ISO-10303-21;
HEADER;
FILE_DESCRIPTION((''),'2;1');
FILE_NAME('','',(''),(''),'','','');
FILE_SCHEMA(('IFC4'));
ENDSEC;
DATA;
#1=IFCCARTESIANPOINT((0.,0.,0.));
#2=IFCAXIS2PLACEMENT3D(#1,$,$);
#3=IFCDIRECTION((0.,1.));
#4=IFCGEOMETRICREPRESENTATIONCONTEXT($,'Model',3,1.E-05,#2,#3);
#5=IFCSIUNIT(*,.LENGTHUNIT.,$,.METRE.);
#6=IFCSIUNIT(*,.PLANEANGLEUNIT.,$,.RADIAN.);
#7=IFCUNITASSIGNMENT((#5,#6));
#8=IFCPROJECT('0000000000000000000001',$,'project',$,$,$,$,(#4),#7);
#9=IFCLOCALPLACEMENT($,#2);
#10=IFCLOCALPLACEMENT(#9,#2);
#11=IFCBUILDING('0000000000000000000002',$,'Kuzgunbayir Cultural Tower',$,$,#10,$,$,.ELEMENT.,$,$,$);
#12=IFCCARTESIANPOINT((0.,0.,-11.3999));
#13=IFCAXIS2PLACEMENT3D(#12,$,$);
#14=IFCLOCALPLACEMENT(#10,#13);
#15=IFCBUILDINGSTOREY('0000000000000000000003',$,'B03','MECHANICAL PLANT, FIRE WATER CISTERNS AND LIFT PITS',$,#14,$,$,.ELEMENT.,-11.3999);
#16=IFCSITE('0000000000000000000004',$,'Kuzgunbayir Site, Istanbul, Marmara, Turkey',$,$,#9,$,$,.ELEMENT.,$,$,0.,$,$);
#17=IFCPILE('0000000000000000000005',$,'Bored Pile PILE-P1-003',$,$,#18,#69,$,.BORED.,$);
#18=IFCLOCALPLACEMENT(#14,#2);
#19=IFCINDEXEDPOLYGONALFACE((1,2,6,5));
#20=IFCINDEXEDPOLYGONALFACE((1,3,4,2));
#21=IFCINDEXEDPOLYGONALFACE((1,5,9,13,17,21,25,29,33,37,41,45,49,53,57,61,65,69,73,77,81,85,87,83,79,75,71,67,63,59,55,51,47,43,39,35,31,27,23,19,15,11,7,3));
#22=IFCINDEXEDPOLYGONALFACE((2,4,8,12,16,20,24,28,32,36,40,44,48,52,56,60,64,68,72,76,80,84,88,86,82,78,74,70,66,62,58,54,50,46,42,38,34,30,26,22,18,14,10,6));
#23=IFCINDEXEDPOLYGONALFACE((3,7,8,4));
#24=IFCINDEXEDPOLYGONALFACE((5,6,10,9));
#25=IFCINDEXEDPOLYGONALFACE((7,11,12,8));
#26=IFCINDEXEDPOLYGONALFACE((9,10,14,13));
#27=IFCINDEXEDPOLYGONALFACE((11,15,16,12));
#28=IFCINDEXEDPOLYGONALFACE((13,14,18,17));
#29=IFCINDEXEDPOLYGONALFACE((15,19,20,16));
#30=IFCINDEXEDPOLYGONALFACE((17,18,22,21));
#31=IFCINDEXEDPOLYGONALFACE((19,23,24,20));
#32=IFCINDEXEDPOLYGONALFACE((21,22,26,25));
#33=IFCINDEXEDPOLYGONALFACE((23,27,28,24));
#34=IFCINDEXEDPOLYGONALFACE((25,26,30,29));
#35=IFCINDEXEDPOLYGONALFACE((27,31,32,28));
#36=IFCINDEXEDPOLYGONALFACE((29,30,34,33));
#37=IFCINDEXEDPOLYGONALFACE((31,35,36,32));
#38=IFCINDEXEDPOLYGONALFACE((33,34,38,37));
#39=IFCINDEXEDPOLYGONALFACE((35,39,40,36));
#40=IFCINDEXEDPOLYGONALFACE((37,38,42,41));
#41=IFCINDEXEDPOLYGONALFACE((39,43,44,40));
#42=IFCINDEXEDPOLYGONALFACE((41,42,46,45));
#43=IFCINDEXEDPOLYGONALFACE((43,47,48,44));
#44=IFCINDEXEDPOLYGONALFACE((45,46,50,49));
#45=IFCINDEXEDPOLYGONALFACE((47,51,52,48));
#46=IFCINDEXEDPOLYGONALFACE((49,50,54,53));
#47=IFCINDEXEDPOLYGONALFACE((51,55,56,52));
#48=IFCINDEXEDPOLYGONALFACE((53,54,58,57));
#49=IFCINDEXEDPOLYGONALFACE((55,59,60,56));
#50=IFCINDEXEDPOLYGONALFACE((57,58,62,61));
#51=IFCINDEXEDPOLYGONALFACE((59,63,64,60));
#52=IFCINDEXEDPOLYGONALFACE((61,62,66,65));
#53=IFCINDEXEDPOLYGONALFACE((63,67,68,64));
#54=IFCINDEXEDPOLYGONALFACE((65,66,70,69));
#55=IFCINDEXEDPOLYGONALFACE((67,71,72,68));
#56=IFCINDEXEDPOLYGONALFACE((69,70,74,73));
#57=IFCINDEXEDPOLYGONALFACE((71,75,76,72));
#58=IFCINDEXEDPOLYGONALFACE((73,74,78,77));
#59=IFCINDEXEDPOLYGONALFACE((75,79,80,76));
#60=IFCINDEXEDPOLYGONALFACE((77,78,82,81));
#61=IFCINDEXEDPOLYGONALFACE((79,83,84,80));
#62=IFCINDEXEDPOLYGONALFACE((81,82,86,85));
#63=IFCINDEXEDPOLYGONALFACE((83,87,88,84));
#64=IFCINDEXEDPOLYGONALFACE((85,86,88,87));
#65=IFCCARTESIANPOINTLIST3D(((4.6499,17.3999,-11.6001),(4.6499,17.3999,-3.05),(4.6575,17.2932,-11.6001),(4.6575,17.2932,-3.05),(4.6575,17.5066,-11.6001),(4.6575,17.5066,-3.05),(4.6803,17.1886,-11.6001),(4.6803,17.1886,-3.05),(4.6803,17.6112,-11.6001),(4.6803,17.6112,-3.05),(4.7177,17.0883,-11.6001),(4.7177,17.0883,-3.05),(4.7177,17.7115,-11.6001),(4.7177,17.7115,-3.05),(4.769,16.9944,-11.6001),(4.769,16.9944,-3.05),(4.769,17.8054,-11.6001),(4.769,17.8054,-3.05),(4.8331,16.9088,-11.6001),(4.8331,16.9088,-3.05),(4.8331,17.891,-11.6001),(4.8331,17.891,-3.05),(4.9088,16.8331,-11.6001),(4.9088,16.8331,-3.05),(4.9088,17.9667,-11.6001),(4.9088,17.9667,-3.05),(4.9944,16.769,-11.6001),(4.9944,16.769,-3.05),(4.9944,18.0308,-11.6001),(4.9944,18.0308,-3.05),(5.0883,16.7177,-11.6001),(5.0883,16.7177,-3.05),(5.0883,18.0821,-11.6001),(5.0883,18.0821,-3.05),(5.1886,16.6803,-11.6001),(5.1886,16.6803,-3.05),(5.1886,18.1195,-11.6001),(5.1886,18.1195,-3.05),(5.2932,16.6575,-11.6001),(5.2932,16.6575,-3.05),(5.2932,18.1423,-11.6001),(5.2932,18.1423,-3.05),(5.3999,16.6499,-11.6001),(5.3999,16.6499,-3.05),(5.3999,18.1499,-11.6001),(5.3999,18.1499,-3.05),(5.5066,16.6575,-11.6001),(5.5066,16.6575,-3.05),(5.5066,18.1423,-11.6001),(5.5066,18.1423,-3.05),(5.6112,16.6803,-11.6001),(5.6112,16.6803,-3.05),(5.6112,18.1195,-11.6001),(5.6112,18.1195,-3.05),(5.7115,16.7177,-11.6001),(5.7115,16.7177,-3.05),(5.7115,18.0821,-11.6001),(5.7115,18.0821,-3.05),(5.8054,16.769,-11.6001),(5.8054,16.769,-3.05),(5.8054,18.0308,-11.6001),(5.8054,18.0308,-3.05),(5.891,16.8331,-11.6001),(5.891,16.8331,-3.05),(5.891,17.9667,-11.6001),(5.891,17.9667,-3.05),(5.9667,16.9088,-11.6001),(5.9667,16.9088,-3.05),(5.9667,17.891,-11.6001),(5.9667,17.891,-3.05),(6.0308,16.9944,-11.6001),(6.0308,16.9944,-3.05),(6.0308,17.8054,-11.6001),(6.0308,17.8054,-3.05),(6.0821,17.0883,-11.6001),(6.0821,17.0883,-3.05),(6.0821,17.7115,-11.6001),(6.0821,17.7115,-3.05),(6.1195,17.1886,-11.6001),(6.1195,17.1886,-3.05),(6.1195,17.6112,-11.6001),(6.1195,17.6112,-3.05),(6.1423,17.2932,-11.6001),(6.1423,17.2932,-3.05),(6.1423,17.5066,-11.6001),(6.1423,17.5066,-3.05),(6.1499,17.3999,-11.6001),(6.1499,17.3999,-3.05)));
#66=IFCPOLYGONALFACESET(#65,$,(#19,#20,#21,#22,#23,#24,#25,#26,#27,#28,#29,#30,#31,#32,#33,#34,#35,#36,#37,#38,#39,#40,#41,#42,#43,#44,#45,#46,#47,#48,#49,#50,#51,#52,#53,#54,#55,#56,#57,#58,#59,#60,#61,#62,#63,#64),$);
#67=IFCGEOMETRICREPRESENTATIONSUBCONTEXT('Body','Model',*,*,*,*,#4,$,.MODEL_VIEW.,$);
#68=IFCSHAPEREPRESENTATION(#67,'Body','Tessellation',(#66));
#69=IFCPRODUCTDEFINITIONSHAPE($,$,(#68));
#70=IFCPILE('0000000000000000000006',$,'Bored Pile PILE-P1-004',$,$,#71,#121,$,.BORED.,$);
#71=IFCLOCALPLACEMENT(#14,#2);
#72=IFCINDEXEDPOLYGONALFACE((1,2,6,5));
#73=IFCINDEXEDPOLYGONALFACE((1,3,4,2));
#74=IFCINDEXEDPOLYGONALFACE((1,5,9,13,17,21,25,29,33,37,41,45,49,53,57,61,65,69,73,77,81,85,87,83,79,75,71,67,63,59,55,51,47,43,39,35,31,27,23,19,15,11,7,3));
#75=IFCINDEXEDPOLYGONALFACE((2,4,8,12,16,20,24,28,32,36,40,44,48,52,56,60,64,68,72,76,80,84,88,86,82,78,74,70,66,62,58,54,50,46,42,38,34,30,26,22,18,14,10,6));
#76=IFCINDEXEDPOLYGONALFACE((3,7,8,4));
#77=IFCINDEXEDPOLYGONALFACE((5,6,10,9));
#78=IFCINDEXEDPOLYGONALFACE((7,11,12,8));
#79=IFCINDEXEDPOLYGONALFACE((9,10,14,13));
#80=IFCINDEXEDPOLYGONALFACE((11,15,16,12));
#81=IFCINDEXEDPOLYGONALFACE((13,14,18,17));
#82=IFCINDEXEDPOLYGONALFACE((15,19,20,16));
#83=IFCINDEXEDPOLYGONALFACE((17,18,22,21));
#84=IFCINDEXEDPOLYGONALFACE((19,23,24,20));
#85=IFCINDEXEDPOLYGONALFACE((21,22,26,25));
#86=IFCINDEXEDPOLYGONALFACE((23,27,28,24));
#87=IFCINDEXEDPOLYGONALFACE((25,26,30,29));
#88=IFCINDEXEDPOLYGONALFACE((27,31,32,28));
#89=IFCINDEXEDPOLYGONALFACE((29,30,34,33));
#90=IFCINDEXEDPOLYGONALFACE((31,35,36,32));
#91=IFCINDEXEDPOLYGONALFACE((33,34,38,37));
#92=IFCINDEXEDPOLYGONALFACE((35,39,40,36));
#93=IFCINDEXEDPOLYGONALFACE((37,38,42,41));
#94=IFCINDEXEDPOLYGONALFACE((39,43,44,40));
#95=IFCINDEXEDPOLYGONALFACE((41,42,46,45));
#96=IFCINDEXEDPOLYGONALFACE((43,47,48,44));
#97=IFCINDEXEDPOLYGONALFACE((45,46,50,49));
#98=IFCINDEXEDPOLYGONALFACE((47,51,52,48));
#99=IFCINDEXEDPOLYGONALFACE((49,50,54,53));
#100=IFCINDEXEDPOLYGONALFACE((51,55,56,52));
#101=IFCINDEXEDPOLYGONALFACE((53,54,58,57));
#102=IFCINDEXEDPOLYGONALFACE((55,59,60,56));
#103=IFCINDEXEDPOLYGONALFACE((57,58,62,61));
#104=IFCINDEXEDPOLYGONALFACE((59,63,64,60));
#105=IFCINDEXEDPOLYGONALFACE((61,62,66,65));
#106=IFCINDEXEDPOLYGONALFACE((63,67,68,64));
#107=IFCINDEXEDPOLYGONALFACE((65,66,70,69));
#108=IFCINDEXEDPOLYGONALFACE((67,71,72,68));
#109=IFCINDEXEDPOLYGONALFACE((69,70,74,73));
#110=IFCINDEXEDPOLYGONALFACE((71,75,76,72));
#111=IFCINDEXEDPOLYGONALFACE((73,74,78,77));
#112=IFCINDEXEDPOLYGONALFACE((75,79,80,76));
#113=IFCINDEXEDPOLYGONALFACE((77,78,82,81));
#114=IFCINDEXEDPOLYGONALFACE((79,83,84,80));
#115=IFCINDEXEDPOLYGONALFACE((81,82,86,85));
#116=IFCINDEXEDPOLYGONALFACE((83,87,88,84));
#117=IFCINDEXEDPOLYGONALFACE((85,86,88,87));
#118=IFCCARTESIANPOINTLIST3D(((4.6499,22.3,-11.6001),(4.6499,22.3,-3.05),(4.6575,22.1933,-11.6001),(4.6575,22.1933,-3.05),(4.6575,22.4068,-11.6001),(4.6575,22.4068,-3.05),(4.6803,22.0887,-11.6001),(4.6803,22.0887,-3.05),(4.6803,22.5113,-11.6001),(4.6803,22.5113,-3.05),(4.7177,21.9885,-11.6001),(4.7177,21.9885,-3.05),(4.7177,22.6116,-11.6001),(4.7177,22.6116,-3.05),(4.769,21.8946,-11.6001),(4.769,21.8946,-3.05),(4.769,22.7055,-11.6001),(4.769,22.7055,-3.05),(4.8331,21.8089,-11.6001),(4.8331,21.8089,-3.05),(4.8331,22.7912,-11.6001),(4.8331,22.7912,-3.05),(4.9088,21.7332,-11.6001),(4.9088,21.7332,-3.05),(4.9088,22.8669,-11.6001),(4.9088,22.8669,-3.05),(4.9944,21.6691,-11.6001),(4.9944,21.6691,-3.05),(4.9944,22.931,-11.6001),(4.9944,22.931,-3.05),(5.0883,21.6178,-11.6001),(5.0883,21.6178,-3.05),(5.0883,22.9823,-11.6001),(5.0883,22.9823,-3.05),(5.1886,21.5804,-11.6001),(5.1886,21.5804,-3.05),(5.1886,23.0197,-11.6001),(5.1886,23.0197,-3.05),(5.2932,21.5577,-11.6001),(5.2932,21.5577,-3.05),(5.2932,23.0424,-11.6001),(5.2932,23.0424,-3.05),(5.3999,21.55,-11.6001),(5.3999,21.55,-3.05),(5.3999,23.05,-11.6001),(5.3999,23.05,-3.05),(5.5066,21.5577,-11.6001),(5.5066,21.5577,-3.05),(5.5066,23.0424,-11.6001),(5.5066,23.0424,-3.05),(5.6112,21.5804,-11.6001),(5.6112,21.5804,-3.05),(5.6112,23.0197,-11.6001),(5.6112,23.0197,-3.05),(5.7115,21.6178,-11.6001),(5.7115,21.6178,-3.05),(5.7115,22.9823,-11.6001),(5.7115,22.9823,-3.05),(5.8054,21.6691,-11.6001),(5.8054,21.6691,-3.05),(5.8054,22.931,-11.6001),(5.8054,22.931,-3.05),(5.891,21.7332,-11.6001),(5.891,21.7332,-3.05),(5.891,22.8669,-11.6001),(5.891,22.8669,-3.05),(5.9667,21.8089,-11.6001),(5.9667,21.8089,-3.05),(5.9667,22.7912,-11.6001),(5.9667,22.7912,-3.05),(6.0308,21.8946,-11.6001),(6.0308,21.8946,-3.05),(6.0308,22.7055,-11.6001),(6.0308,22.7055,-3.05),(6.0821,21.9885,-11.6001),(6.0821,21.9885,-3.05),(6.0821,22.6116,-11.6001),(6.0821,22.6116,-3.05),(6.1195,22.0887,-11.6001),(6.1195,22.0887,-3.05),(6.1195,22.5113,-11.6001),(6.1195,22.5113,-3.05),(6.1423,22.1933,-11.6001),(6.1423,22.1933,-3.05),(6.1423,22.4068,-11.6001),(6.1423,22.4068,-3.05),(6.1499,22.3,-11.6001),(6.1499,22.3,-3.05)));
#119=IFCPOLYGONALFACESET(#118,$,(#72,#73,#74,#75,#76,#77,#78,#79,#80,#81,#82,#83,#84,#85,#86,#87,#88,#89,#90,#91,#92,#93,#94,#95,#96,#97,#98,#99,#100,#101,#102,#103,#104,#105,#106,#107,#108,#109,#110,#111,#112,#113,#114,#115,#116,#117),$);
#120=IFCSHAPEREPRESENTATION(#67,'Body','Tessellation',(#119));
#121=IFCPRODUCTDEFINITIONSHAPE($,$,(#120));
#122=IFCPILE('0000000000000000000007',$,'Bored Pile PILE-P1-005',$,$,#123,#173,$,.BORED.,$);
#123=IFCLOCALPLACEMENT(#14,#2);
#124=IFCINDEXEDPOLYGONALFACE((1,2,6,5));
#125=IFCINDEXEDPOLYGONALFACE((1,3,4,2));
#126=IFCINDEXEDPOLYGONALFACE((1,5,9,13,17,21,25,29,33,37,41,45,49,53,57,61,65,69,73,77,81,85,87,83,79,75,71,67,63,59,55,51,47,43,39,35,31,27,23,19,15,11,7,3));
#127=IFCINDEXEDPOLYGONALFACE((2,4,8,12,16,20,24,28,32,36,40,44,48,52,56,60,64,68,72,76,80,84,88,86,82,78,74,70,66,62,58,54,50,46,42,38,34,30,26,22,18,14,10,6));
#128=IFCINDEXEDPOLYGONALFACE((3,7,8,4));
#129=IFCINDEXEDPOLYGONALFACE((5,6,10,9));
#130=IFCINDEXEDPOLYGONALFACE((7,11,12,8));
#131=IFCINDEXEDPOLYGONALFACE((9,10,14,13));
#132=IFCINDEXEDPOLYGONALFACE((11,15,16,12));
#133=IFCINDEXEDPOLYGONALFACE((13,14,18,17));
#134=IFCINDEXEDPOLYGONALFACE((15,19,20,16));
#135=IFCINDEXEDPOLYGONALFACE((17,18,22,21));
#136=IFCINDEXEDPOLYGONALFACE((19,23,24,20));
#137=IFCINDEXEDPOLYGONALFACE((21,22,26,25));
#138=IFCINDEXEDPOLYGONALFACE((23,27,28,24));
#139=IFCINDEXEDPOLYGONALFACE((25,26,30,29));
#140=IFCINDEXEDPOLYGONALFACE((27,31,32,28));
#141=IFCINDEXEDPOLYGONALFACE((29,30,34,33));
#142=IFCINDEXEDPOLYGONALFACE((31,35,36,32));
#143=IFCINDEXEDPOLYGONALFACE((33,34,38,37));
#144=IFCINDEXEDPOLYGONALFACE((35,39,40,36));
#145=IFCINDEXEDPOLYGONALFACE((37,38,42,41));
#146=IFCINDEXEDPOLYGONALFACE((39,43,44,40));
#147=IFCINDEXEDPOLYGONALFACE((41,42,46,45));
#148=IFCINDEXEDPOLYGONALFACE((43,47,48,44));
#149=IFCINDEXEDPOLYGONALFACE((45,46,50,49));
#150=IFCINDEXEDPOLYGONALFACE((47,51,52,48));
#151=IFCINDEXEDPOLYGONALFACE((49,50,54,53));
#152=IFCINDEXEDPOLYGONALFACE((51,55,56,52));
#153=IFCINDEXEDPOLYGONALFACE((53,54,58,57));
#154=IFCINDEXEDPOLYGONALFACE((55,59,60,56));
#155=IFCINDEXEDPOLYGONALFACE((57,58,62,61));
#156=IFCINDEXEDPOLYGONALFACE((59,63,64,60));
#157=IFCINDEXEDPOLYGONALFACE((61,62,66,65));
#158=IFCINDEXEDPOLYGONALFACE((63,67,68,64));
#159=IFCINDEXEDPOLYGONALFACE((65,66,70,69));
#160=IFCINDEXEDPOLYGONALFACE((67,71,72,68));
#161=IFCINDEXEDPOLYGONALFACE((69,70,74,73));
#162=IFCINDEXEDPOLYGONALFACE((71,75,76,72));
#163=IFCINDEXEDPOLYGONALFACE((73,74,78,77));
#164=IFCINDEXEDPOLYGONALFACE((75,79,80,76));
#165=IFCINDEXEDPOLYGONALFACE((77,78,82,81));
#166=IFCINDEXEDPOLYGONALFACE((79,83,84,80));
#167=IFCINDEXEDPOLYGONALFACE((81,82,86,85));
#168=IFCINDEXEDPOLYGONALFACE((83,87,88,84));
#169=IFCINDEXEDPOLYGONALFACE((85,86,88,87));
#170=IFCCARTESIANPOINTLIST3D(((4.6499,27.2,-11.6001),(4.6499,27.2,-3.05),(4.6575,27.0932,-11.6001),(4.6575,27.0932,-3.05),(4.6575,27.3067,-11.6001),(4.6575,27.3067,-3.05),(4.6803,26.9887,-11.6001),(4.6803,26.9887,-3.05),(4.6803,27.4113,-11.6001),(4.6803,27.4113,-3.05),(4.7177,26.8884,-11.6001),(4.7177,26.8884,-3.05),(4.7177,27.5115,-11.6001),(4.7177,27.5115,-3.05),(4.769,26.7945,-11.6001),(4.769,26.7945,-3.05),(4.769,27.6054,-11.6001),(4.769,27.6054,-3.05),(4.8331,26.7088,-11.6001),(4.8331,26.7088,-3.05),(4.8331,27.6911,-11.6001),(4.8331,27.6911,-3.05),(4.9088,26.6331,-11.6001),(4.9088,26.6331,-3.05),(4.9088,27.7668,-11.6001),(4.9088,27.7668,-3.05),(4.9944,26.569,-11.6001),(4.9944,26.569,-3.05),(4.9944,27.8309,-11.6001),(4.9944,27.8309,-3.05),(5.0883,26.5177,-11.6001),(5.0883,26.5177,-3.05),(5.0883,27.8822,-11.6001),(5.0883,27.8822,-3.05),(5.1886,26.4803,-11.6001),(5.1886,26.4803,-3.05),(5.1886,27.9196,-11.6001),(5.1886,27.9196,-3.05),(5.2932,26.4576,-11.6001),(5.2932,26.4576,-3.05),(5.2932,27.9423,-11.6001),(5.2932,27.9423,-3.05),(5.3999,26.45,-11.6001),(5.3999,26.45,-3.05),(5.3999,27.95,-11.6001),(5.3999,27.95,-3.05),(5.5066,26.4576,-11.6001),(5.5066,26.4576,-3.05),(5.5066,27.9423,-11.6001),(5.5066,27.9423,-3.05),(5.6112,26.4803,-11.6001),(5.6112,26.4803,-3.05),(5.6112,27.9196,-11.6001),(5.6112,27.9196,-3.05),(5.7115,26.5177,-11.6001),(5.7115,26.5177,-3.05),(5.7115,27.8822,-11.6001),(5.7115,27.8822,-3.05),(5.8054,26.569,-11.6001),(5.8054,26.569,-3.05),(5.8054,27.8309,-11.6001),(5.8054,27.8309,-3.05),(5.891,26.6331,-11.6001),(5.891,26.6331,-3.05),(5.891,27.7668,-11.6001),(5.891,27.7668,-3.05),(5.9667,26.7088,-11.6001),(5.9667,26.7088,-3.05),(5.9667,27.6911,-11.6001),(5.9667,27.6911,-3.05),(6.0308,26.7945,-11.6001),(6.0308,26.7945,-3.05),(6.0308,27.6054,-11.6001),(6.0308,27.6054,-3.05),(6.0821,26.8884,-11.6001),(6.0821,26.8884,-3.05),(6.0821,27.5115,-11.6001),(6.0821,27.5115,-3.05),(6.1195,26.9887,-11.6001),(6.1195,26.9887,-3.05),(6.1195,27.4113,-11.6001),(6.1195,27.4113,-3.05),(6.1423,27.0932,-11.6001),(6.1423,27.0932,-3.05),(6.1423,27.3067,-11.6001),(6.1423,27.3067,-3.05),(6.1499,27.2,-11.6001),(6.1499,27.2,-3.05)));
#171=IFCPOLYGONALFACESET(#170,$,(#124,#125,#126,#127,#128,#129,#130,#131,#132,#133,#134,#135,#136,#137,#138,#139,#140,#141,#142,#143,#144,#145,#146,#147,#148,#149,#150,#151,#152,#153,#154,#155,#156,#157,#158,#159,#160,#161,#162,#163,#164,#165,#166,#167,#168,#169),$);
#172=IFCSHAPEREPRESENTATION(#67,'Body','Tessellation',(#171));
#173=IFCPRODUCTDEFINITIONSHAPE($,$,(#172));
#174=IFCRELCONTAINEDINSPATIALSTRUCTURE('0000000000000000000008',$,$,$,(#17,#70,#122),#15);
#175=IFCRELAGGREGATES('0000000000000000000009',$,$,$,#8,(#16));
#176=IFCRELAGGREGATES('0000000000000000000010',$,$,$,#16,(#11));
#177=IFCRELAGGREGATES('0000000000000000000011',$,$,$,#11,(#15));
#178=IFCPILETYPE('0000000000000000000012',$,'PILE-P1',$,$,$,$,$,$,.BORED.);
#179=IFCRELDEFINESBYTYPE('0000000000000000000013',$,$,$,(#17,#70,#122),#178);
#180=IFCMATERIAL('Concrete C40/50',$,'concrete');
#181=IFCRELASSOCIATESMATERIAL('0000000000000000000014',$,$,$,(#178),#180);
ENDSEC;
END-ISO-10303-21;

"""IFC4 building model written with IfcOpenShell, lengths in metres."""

from ifc_helpers import new_model, si_unit, direction, frame, origin, origin_2d, place, context, subcontext, project, spatial, circle, extrude, material, material_profile, profile_set, type_object, element, save


model = new_model("IFC4")

# Units and contexts
model_context = context("Model", 3, precision=1e-05, world=origin(), true_north=direction((0.0, 1.0)))
body_context = subcontext(model_context, "Body", "Model", "MODEL_VIEW")
ifc_project = project(units=[si_unit("LENGTHUNIT", "METRE"), si_unit("PLANEANGLEUNIT", "RADIAN")], contexts=[model_context])

# Site, building, storey
site_placement = place(None, origin())
site = spatial("IfcSite", under=ifc_project, at=site_placement, Name="Kuzgunbayir Site, Istanbul, Marmara, Turkey", CompositionType="ELEMENT", RefElevation=0.0)
building_placement = place(site_placement, origin())
building = spatial("IfcBuilding", under=site, at=building_placement, Name="Kuzgunbayir Cultural Tower", CompositionType="ELEMENT")
storey_placement = place(building_placement, frame((0.0, 0.0, -11.3999)))
storey = spatial("IfcBuildingStorey", under=building, at=storey_placement, Name="B03", Description="MECHANICAL PLANT, FIRE WATER CISTERNS AND LIFT PITS", CompositionType="ELEMENT", Elevation=-11.3999)

# Shared definitions
ifc_material_1 = material(Name="Concrete C40/50", Category="concrete")

# Piles
ifc_material_profile_1 = material_profile(ifc_material_1, circle(Radius=0.75, at=origin_2d()), Name="BORED PILE 1500")
ifc_profile_set_1 = profile_set([ifc_material_profile_1], Name="Concrete C40/50")
pile_type_1 = type_object("IfcPileType", Name="PILE-P1", PredefinedType="BORED", material=ifc_profile_set_1)
for number, where, z_axis, x_axis, name in (
    (1, (5.3999, 17.3999, -3.05), (0.0, 0.0, -1.0), (1.0, 0.0, 0.0), "Bored Pile PILE-P1-003"),
    (2, (5.3999, 22.3, -3.05), (0.0, 0.0, -1.0), (1.0, 0.0, 0.0), "Bored Pile PILE-P1-004"),
    (3, (5.3999, 27.2, -3.05), (0.0, 0.0, -1.0), (1.0, 0.0, 0.0), "Bored Pile PILE-P1-005"),
):
    element("IfcPile", number, at=place(storey_placement, frame(where, z_axis=z_axis, x_axis=x_axis)), inside=storey, type_object=pile_type_1, Name=name, PredefinedType="BORED", context=body_context, shape_type="SweptSolid", body=[
        extrude(circle(Radius=0.75, at=origin_2d()), origin(), (0.0, 0.0, 1.0), 8.55),
    ])

save(model, "model.ifc")
